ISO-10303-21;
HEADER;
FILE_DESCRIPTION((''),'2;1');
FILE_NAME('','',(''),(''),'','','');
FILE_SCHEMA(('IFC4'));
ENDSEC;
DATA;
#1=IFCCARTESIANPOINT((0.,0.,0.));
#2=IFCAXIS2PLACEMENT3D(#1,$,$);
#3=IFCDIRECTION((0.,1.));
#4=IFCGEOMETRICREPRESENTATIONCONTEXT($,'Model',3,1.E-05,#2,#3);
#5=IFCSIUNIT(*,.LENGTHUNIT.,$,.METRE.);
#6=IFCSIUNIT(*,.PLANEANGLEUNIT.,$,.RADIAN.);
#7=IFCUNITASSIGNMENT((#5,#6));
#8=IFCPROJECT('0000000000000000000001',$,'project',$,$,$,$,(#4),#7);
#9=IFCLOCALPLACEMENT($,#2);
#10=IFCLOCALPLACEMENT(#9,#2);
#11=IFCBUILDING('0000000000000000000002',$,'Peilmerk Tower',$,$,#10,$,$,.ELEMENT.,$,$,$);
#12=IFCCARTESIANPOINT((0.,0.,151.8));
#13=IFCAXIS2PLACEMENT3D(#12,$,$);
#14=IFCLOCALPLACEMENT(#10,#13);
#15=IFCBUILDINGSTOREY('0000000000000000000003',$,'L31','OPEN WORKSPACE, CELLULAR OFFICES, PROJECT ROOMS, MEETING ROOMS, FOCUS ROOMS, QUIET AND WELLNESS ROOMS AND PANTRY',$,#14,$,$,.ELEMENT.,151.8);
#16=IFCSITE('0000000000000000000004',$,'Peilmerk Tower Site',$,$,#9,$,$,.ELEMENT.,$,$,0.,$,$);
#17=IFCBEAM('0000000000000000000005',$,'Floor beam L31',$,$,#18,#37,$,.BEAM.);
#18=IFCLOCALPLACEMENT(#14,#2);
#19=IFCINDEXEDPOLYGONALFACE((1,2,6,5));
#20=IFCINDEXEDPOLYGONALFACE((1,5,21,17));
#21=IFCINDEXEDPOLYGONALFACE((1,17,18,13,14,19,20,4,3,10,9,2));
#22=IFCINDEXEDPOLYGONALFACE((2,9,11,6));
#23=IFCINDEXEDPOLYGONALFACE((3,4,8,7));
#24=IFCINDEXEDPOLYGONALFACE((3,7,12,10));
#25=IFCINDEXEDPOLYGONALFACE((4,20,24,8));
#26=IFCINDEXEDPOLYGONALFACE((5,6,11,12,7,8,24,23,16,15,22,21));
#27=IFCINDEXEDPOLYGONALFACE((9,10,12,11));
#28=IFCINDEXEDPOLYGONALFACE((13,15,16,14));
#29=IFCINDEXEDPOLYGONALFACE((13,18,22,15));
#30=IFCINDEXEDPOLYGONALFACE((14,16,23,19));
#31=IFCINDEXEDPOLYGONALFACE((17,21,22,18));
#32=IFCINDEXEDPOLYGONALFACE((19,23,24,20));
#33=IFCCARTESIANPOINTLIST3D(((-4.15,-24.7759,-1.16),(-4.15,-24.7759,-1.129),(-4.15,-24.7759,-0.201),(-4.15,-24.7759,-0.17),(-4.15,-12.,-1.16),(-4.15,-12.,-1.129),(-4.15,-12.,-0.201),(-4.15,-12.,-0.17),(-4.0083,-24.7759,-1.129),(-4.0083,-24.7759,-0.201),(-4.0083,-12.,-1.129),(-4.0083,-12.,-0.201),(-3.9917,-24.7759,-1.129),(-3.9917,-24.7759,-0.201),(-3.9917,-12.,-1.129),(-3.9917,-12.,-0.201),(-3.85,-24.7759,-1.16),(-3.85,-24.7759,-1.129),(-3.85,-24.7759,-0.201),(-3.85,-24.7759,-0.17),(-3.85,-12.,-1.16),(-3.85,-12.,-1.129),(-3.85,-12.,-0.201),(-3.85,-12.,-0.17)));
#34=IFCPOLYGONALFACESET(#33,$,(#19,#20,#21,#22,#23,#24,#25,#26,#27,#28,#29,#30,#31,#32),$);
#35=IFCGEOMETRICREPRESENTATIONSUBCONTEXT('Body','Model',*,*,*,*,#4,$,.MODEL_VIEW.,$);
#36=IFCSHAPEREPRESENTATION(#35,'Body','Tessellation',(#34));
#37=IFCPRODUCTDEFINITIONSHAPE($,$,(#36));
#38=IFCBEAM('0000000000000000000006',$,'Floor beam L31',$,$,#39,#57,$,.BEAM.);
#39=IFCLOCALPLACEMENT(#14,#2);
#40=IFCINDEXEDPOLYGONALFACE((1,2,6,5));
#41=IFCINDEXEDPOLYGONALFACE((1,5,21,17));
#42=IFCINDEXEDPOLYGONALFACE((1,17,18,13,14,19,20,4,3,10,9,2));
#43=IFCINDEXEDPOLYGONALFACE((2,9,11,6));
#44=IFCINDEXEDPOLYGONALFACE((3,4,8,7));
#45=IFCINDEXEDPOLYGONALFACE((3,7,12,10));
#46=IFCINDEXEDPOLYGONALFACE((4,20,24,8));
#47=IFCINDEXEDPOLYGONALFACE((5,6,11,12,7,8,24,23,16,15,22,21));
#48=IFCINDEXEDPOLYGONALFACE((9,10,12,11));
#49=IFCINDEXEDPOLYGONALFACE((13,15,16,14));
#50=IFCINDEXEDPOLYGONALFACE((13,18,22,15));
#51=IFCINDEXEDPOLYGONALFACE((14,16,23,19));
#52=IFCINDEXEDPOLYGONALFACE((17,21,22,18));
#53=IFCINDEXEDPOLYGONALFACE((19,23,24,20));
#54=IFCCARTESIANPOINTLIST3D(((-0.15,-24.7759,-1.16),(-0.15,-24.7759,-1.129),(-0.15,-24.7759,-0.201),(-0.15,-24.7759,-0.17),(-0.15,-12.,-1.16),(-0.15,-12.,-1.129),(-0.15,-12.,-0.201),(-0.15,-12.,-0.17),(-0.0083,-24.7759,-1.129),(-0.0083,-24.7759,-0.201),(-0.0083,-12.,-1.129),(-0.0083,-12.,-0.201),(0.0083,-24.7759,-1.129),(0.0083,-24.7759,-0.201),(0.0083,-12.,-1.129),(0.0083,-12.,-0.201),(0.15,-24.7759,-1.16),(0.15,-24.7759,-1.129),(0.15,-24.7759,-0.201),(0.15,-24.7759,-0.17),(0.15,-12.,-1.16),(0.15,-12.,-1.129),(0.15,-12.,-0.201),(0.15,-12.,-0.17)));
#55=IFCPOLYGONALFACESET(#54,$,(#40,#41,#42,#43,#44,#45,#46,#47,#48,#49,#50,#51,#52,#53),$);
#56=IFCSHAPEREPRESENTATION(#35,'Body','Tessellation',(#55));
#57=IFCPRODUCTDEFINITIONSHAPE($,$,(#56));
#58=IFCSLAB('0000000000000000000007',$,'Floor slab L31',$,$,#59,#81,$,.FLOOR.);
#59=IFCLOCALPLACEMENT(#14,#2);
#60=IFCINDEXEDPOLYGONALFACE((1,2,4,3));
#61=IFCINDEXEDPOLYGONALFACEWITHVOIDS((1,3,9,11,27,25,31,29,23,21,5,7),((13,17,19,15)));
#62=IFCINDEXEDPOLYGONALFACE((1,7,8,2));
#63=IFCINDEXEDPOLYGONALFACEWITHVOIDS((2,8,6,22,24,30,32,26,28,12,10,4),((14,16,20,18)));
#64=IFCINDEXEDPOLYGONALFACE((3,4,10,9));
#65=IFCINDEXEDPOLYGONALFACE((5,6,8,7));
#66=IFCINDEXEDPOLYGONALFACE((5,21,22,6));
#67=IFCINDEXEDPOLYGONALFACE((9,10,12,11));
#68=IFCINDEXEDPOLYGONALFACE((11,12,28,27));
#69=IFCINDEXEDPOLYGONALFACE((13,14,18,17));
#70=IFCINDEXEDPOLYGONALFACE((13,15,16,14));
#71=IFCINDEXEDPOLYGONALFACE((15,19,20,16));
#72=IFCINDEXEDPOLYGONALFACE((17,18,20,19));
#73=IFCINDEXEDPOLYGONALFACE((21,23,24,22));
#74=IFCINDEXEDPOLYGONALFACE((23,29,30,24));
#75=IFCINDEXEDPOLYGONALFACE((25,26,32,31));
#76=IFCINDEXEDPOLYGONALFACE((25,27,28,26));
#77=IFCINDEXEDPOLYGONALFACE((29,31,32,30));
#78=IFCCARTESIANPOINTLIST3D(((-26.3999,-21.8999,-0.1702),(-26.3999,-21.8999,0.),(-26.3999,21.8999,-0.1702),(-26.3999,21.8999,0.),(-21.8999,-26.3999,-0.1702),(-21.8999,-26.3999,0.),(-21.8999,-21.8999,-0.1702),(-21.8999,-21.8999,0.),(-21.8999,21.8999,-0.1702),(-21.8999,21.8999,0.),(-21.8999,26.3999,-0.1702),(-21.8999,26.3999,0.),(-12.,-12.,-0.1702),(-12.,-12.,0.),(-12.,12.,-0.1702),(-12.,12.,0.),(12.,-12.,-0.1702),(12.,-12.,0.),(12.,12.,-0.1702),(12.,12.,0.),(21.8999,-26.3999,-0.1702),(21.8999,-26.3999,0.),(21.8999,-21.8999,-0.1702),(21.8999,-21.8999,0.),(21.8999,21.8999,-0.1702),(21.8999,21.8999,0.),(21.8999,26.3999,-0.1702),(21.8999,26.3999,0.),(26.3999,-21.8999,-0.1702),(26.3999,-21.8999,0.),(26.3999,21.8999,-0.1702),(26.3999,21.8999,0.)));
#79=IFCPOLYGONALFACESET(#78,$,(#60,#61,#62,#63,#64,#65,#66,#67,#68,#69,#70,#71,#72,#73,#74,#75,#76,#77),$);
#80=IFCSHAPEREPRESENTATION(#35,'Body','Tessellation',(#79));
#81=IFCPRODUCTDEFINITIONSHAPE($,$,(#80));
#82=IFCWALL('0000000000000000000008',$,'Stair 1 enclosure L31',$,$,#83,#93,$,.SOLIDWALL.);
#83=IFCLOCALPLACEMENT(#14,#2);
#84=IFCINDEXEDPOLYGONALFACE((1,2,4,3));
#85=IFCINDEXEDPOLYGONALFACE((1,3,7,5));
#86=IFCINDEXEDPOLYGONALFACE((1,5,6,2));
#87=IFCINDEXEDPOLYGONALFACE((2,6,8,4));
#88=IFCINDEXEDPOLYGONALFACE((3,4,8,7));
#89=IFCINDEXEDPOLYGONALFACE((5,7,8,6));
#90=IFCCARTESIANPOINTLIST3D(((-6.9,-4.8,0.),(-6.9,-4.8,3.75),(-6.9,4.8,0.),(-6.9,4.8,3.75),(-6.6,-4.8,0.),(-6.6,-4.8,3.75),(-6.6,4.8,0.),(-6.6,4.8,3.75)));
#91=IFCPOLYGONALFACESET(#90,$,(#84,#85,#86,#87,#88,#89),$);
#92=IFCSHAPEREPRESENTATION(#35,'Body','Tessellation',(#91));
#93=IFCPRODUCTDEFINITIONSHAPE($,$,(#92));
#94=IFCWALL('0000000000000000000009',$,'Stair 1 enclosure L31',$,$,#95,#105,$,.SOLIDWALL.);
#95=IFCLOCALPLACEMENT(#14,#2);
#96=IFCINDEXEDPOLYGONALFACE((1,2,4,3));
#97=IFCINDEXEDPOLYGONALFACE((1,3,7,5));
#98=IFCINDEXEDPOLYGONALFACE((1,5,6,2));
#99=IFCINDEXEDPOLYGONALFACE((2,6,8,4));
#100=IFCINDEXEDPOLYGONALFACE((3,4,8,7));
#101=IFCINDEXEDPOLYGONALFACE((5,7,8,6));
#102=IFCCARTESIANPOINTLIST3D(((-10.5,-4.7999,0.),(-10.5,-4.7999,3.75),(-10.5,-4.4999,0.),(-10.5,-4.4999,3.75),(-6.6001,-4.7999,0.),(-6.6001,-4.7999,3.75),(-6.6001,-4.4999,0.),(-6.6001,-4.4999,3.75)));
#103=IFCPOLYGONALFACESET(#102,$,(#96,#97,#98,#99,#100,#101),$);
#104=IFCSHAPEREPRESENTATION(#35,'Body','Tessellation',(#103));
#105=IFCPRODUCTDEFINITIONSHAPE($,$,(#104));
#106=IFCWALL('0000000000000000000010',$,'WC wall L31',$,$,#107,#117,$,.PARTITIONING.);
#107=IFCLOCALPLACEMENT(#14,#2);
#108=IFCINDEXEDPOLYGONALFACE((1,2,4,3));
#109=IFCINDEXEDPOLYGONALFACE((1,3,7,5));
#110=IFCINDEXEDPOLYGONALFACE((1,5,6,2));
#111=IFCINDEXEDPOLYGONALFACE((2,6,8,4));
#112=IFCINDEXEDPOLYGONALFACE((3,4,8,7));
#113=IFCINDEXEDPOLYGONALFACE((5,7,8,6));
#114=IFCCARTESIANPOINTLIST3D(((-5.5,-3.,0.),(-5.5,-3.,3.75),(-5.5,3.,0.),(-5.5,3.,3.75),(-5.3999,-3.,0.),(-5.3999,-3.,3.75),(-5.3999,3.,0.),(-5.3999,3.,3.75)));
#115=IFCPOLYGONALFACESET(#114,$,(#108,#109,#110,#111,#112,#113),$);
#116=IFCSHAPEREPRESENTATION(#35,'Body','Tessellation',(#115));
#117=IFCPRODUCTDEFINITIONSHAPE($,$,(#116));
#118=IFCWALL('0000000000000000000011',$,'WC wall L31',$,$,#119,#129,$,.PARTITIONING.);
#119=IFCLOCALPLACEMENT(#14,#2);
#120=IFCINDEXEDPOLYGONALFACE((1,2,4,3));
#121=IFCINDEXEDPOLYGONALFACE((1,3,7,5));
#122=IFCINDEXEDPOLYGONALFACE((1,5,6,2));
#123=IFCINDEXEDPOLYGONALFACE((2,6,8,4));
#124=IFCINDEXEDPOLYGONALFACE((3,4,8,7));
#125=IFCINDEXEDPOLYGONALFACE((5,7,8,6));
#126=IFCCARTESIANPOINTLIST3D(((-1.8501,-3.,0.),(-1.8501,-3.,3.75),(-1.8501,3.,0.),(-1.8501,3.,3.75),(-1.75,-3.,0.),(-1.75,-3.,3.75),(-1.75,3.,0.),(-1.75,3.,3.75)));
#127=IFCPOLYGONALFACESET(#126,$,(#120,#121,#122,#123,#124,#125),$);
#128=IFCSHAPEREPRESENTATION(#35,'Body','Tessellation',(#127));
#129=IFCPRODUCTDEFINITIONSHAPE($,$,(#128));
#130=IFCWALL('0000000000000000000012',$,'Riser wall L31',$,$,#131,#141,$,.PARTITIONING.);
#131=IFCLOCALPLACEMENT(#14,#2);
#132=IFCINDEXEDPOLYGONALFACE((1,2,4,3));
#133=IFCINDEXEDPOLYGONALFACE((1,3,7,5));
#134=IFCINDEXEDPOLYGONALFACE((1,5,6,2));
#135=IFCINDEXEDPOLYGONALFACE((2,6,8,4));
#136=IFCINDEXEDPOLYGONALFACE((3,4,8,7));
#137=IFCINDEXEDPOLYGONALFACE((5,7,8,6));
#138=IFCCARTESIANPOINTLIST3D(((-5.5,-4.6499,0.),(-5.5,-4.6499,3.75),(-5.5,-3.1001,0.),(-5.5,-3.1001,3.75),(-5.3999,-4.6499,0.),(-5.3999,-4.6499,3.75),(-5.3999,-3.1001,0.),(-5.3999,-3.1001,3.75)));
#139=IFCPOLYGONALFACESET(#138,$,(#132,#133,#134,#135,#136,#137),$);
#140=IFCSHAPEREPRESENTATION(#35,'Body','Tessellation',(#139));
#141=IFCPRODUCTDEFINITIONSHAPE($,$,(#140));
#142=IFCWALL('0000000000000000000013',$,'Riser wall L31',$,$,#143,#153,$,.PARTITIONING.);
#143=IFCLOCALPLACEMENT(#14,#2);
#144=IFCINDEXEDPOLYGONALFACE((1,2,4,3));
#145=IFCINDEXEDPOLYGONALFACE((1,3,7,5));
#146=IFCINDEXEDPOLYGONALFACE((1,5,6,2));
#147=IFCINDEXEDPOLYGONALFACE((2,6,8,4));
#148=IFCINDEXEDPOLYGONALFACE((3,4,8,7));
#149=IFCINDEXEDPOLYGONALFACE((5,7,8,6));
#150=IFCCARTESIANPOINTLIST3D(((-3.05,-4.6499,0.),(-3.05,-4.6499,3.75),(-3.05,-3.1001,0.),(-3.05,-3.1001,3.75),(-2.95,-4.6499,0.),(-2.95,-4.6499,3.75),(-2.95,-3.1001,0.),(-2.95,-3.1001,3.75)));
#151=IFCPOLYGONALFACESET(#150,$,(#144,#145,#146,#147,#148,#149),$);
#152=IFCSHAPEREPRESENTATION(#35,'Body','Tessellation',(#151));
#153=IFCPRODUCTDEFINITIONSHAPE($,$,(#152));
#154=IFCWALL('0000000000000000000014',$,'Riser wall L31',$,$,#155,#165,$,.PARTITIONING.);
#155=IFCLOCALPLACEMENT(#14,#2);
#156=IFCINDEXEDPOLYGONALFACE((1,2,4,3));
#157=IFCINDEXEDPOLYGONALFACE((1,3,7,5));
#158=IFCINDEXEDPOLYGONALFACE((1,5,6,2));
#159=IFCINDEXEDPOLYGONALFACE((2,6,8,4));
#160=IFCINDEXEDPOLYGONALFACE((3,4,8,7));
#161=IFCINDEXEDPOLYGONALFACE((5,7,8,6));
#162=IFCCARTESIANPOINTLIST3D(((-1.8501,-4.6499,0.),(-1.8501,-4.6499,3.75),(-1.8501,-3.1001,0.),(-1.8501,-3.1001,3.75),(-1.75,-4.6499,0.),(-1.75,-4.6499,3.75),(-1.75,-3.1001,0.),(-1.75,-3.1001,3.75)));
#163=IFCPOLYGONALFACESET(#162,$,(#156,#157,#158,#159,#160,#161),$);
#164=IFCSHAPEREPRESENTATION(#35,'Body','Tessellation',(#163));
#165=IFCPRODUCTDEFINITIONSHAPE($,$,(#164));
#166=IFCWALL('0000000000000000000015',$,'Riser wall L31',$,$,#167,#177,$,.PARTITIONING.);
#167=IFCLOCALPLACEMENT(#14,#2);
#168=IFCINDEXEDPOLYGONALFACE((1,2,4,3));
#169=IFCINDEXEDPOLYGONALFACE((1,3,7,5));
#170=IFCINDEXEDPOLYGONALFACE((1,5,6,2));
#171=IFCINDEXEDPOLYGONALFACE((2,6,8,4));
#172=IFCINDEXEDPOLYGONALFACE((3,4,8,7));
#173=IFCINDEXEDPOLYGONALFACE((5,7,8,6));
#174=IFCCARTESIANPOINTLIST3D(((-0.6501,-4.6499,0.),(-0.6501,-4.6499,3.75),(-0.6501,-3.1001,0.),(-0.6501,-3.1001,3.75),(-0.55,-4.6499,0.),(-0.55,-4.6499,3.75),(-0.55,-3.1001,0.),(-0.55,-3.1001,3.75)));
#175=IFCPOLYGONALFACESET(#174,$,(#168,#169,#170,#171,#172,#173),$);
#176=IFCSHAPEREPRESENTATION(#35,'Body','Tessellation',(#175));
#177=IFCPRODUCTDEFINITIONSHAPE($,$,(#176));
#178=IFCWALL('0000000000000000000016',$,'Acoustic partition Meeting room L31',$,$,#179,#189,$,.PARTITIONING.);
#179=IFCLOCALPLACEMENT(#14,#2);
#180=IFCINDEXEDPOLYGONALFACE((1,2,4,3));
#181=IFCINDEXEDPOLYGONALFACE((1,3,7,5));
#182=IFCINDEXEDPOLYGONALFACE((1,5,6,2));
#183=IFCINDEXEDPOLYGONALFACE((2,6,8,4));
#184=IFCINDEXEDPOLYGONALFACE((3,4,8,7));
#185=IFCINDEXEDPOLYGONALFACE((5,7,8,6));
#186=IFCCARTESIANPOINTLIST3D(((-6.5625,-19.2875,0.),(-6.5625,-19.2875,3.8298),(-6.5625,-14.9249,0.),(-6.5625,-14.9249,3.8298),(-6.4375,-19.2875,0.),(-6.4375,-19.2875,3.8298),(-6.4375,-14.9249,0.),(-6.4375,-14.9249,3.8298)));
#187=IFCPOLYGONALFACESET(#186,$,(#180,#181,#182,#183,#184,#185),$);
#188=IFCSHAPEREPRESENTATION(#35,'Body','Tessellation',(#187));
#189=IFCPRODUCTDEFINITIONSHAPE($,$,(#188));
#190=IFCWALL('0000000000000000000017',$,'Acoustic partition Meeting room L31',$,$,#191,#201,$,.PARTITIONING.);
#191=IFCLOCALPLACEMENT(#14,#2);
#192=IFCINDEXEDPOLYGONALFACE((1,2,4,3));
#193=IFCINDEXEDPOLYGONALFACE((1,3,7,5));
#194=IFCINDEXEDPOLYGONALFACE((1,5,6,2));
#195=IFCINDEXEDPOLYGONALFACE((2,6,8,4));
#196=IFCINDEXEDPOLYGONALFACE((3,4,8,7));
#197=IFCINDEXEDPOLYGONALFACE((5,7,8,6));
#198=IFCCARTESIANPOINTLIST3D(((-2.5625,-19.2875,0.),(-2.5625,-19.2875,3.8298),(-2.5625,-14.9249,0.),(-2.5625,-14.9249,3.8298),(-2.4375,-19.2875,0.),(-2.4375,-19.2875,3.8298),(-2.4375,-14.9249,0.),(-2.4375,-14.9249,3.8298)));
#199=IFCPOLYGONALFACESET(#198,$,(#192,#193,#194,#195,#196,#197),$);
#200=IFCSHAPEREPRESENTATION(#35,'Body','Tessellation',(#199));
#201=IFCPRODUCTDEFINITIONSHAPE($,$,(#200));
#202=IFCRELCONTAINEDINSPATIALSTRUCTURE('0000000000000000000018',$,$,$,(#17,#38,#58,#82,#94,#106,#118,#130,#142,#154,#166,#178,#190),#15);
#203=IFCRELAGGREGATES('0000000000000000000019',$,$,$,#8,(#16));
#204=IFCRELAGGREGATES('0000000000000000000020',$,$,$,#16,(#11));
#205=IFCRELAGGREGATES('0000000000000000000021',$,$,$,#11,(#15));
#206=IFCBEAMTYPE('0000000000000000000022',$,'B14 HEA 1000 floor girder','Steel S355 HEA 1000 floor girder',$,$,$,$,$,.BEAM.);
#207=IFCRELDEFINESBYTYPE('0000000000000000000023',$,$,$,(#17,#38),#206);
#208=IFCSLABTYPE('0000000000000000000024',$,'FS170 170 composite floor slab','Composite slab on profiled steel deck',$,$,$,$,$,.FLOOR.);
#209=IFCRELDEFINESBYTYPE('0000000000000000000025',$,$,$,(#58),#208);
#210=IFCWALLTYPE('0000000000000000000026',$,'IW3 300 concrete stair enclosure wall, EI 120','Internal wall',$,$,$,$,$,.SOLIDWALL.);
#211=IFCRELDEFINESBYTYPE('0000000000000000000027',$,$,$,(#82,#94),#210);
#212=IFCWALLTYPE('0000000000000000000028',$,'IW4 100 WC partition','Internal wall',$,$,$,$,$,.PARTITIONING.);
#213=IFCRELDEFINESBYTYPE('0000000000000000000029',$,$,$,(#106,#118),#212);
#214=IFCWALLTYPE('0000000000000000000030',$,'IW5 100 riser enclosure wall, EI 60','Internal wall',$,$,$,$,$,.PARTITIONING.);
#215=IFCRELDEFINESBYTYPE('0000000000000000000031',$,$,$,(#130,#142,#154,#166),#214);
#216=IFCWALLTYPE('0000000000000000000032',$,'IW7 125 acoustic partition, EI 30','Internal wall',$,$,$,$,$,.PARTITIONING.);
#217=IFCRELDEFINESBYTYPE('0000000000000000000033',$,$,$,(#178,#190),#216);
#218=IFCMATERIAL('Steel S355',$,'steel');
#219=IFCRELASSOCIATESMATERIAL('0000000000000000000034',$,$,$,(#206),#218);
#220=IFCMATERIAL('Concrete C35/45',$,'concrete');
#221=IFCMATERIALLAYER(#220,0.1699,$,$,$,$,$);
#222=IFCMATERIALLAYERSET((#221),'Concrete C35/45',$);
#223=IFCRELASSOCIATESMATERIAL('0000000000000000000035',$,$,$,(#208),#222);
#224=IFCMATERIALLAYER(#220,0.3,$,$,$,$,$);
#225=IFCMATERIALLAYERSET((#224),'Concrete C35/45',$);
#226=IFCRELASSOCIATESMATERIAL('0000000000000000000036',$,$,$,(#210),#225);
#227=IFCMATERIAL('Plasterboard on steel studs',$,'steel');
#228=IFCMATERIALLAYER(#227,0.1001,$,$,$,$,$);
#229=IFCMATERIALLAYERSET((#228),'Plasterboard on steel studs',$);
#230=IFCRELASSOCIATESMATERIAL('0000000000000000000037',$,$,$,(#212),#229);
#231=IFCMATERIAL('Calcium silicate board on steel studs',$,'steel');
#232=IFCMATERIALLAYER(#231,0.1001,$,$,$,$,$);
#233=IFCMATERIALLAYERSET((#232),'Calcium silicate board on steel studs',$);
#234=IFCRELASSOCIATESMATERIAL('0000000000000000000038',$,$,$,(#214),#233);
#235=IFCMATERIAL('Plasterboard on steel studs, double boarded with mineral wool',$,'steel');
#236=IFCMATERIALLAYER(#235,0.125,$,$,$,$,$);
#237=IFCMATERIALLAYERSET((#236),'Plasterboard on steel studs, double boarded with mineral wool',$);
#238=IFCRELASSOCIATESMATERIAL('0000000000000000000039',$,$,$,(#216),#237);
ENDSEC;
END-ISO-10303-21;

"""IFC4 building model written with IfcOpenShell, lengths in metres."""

from ifc_helpers import new_model, si_unit, direction, frame, frame_2d, origin, origin_2d, place, context, subcontext, project, spatial, polyline, rectangle, i_section, outline, extrude, material, layer, layer_set, material_profile, profile_set, type_object, element, save


model = new_model("IFC4")

# Units and contexts
model_context = context("Model", 3, precision=1e-05, world=origin(), true_north=direction((0.0, 1.0)))
body_context = subcontext(model_context, "Body", "Model", "MODEL_VIEW")
ifc_project = project(units=[si_unit("LENGTHUNIT", "METRE"), si_unit("PLANEANGLEUNIT", "RADIAN")], contexts=[model_context])

# Site, building, storey
site_placement = place(None, origin())
site = spatial("IfcSite", under=ifc_project, at=site_placement, Name="Peilmerk Tower Site", CompositionType="ELEMENT", RefElevation=0.0)
building_placement = place(site_placement, origin())
building = spatial("IfcBuilding", under=site, at=building_placement, Name="Peilmerk Tower", CompositionType="ELEMENT")
storey_placement = place(building_placement, frame((0.0, 0.0, 151.8)))
storey = spatial("IfcBuildingStorey", under=building, at=storey_placement, Name="L31", Description="OPEN WORKSPACE, CELLULAR OFFICES, PROJECT ROOMS, MEETING ROOMS, FOCUS ROOMS, QUIET AND WELLNESS ROOMS AND PANTRY", CompositionType="ELEMENT", Elevation=151.8)

# Beams
ifc_material_1 = material(Name="Steel S355", Category="steel")
ifc_material_profile = material_profile(ifc_material_1, i_section(OverallWidth=0.3, OverallDepth=0.99, WebThickness=0.0166, FlangeThickness=0.031, at=origin_2d()), Name="HEA 1000")
ifc_profile_set = profile_set([ifc_material_profile], Name="Steel S355")
beam_type = type_object("IfcBeamType", Name="B14 HEA 1000 floor girder", Description="Steel S355 HEA 1000 floor girder", PredefinedType="BEAM", material=ifc_profile_set)
for number, where, z_axis, x_axis, name in (
    (1, (-4.0, -12.0, -0.665), (0.0, -1.0, 0.0), (1.0, 0.0, 0.0), "Floor beam L31"),
    (2, (0.0, -12.0, -0.665), (0.0, -1.0, 0.0), (1.0, 0.0, 0.0), "Floor beam L31"),
):
    element("IfcBeam", number, at=place(storey_placement, frame(where, z_axis=z_axis, x_axis=x_axis)), inside=storey, type_object=beam_type, Name=name, PredefinedType="BEAM", context=body_context, shape_type="SweptSolid", body=[
        extrude(i_section(OverallWidth=0.3, OverallDepth=0.99, WebThickness=0.0166, FlangeThickness=0.031, at=origin_2d()), origin(), (0.0, 0.0, 1.0), 12.7759),
    ])

# Slab
ifc_material_2 = material(Name="Concrete C35/45", Category="concrete")
ifc_layer_1 = layer(ifc_material_2, 0.1699)
ifc_layer_set_1 = layer_set([ifc_layer_1], Name="Concrete C35/45")
slab_type = type_object("IfcSlabType", Name="FS170 170 composite floor slab", Description="Composite slab on profiled steel deck", PredefinedType="FLOOR", material=ifc_layer_set_1)
slab_placement = place(storey_placement, frame((0.0, 0.0, -0.1702)))
element("IfcSlab", 3, at=slab_placement, inside=storey, type_object=slab_type, Name="Floor slab L31", PredefinedType="FLOOR", context=body_context, shape_type="SweptSolid", body=[
    extrude(outline(polyline([(-21.8999, -26.3999), (21.8999, -26.3999), (21.8999, -21.8999), (26.3999, -21.8999), (26.3999, 21.8999), (21.8999, 21.8999), (21.8999, 26.3999), (-21.8999, 26.3999), (-21.8999, 21.8999), (-26.3999, 21.8999), (-26.3999, -21.8999), (-21.8999, -21.8999), (-21.8999, -26.3999)]), holes=[polyline([(12.0, 12.0), (12.0, -12.0), (-12.0, -12.0), (-12.0, 12.0), (12.0, 12.0)])]), origin(), (0.0, 0.0, 1.0), 0.1702),
])

# Walls
ifc_layer_2 = layer(ifc_material_2, 0.3)
ifc_layer_set_2 = layer_set([ifc_layer_2], Name="Concrete C35/45")
wall_type_1 = type_object("IfcWallType", Name="IW3 300 concrete stair enclosure wall, EI 120", Description="Internal wall", PredefinedType="SOLIDWALL", material=ifc_layer_set_2)
wall_1_placement = place(storey_placement, frame((-6.75, -4.8, 0.0), z_axis=(0.0, 0.0, 1.0), x_axis=(0.0, 1.0, 0.0)))
element("IfcWall", 4, at=wall_1_placement, inside=storey, type_object=wall_type_1, Name="Stair 1 enclosure L31", PredefinedType="SOLIDWALL", context=body_context, shape_type="SweptSolid", body=[
    extrude(rectangle(XDim=9.6001, YDim=0.3, at=frame_2d((4.8, 0.0))), origin(), (0.0, 0.0, 1.0), 3.75),
])
wall_2_placement = place(storey_placement, frame((-6.6001, -4.6499, 0.0), z_axis=(0.0, 0.0, 1.0), x_axis=(-1.0, 0.0, 0.0)))
element("IfcWall", 5, at=wall_2_placement, inside=storey, type_object=wall_type_1, Name="Stair 1 enclosure L31", PredefinedType="SOLIDWALL", context=body_context, shape_type="SweptSolid", body=[
    extrude(rectangle(XDim=3.8999, YDim=0.3, at=frame_2d((1.95, 0.0))), origin(), (0.0, 0.0, 1.0), 3.75),
])
ifc_material_3 = material(Name="Plasterboard on steel studs", Category="steel")
ifc_layer_3 = layer(ifc_material_3, 0.1001)
ifc_layer_set_3 = layer_set([ifc_layer_3], Name="Plasterboard on steel studs")
wall_type_2 = type_object("IfcWallType", Name="IW4 100 WC partition", Description="Internal wall", PredefinedType="PARTITIONING", material=ifc_layer_set_3)
for number, where, z_axis, x_axis, name in (
    (6, (-5.45, -3.0, 0.0), (0.0, 0.0, 1.0), (0.0, 1.0, 0.0), "WC wall L31"),
    (7, (-1.8, -3.0, 0.0), (0.0, 0.0, 1.0), (0.0, 1.0, 0.0), "WC wall L31"),
):
    element("IfcWall", number, at=place(storey_placement, frame(where, z_axis=z_axis, x_axis=x_axis)), inside=storey, type_object=wall_type_2, Name=name, PredefinedType="PARTITIONING", context=body_context, shape_type="SweptSolid", body=[
        extrude(rectangle(XDim=6.0, YDim=0.1001, at=frame_2d((3.0, 0.0))), origin(), (0.0, 0.0, 1.0), 3.75),
    ])
ifc_material_4 = material(Name="Calcium silicate board on steel studs", Category="steel")
ifc_layer_4 = layer(ifc_material_4, 0.1001)
ifc_layer_set_4 = layer_set([ifc_layer_4], Name="Calcium silicate board on steel studs")
wall_type_3 = type_object("IfcWallType", Name="IW5 100 riser enclosure wall, EI 60", Description="Internal wall", PredefinedType="PARTITIONING", material=ifc_layer_set_4)
for number, where, z_axis, x_axis, name in (
    (8, (-5.45, -3.1001, 0.0), (0.0, 0.0, 1.0), (0.0, -1.0, 0.0), "Riser wall L31"),
    (9, (-3.0, -3.1001, 0.0), (0.0, 0.0, 1.0), (0.0, -1.0, 0.0), "Riser wall L31"),
    (10, (-1.8, -3.1001, 0.0), (0.0, 0.0, 1.0), (0.0, -1.0, 0.0), "Riser wall L31"),
    (11, (-0.6001, -3.1001, 0.0), (0.0, 0.0, 1.0), (0.0, -1.0, 0.0), "Riser wall L31"),
):
    element("IfcWall", number, at=place(storey_placement, frame(where, z_axis=z_axis, x_axis=x_axis)), inside=storey, type_object=wall_type_3, Name=name, PredefinedType="PARTITIONING", context=body_context, shape_type="SweptSolid", body=[
        extrude(rectangle(XDim=1.5498, YDim=0.1001, at=frame_2d((0.7749, 0.0))), origin(), (0.0, 0.0, 1.0), 3.75),
    ])
ifc_material_5 = material(Name="Plasterboard on steel studs, double boarded with mineral wool", Category="steel")
ifc_layer_5 = layer(ifc_material_5, 0.125)
ifc_layer_set_5 = layer_set([ifc_layer_5], Name="Plasterboard on steel studs, double boarded with mineral wool")
wall_type_4 = type_object("IfcWallType", Name="IW7 125 acoustic partition, EI 30", Description="Internal wall", PredefinedType="PARTITIONING", material=ifc_layer_set_5)
for number, where, z_axis, x_axis, name in (
    (12, (-6.5, -14.925, 0.0), (0.0, 0.0, 1.0), (0.0, -1.0, 0.0), "Acoustic partition Meeting room L31"),
    (13, (-2.5, -14.925, 0.0), (0.0, 0.0, 1.0), (0.0, -1.0, 0.0), "Acoustic partition Meeting room L31"),
):
    element("IfcWall", number, at=place(storey_placement, frame(where, z_axis=z_axis, x_axis=x_axis)), inside=storey, type_object=wall_type_4, Name=name, PredefinedType="PARTITIONING", context=body_context, shape_type="SweptSolid", body=[
        extrude(rectangle(XDim=4.3625, YDim=0.125, at=frame_2d((2.1812, 0.0))), origin(), (0.0, 0.0, 1.0), 3.8298),
    ])

save(model, "model.ifc")
